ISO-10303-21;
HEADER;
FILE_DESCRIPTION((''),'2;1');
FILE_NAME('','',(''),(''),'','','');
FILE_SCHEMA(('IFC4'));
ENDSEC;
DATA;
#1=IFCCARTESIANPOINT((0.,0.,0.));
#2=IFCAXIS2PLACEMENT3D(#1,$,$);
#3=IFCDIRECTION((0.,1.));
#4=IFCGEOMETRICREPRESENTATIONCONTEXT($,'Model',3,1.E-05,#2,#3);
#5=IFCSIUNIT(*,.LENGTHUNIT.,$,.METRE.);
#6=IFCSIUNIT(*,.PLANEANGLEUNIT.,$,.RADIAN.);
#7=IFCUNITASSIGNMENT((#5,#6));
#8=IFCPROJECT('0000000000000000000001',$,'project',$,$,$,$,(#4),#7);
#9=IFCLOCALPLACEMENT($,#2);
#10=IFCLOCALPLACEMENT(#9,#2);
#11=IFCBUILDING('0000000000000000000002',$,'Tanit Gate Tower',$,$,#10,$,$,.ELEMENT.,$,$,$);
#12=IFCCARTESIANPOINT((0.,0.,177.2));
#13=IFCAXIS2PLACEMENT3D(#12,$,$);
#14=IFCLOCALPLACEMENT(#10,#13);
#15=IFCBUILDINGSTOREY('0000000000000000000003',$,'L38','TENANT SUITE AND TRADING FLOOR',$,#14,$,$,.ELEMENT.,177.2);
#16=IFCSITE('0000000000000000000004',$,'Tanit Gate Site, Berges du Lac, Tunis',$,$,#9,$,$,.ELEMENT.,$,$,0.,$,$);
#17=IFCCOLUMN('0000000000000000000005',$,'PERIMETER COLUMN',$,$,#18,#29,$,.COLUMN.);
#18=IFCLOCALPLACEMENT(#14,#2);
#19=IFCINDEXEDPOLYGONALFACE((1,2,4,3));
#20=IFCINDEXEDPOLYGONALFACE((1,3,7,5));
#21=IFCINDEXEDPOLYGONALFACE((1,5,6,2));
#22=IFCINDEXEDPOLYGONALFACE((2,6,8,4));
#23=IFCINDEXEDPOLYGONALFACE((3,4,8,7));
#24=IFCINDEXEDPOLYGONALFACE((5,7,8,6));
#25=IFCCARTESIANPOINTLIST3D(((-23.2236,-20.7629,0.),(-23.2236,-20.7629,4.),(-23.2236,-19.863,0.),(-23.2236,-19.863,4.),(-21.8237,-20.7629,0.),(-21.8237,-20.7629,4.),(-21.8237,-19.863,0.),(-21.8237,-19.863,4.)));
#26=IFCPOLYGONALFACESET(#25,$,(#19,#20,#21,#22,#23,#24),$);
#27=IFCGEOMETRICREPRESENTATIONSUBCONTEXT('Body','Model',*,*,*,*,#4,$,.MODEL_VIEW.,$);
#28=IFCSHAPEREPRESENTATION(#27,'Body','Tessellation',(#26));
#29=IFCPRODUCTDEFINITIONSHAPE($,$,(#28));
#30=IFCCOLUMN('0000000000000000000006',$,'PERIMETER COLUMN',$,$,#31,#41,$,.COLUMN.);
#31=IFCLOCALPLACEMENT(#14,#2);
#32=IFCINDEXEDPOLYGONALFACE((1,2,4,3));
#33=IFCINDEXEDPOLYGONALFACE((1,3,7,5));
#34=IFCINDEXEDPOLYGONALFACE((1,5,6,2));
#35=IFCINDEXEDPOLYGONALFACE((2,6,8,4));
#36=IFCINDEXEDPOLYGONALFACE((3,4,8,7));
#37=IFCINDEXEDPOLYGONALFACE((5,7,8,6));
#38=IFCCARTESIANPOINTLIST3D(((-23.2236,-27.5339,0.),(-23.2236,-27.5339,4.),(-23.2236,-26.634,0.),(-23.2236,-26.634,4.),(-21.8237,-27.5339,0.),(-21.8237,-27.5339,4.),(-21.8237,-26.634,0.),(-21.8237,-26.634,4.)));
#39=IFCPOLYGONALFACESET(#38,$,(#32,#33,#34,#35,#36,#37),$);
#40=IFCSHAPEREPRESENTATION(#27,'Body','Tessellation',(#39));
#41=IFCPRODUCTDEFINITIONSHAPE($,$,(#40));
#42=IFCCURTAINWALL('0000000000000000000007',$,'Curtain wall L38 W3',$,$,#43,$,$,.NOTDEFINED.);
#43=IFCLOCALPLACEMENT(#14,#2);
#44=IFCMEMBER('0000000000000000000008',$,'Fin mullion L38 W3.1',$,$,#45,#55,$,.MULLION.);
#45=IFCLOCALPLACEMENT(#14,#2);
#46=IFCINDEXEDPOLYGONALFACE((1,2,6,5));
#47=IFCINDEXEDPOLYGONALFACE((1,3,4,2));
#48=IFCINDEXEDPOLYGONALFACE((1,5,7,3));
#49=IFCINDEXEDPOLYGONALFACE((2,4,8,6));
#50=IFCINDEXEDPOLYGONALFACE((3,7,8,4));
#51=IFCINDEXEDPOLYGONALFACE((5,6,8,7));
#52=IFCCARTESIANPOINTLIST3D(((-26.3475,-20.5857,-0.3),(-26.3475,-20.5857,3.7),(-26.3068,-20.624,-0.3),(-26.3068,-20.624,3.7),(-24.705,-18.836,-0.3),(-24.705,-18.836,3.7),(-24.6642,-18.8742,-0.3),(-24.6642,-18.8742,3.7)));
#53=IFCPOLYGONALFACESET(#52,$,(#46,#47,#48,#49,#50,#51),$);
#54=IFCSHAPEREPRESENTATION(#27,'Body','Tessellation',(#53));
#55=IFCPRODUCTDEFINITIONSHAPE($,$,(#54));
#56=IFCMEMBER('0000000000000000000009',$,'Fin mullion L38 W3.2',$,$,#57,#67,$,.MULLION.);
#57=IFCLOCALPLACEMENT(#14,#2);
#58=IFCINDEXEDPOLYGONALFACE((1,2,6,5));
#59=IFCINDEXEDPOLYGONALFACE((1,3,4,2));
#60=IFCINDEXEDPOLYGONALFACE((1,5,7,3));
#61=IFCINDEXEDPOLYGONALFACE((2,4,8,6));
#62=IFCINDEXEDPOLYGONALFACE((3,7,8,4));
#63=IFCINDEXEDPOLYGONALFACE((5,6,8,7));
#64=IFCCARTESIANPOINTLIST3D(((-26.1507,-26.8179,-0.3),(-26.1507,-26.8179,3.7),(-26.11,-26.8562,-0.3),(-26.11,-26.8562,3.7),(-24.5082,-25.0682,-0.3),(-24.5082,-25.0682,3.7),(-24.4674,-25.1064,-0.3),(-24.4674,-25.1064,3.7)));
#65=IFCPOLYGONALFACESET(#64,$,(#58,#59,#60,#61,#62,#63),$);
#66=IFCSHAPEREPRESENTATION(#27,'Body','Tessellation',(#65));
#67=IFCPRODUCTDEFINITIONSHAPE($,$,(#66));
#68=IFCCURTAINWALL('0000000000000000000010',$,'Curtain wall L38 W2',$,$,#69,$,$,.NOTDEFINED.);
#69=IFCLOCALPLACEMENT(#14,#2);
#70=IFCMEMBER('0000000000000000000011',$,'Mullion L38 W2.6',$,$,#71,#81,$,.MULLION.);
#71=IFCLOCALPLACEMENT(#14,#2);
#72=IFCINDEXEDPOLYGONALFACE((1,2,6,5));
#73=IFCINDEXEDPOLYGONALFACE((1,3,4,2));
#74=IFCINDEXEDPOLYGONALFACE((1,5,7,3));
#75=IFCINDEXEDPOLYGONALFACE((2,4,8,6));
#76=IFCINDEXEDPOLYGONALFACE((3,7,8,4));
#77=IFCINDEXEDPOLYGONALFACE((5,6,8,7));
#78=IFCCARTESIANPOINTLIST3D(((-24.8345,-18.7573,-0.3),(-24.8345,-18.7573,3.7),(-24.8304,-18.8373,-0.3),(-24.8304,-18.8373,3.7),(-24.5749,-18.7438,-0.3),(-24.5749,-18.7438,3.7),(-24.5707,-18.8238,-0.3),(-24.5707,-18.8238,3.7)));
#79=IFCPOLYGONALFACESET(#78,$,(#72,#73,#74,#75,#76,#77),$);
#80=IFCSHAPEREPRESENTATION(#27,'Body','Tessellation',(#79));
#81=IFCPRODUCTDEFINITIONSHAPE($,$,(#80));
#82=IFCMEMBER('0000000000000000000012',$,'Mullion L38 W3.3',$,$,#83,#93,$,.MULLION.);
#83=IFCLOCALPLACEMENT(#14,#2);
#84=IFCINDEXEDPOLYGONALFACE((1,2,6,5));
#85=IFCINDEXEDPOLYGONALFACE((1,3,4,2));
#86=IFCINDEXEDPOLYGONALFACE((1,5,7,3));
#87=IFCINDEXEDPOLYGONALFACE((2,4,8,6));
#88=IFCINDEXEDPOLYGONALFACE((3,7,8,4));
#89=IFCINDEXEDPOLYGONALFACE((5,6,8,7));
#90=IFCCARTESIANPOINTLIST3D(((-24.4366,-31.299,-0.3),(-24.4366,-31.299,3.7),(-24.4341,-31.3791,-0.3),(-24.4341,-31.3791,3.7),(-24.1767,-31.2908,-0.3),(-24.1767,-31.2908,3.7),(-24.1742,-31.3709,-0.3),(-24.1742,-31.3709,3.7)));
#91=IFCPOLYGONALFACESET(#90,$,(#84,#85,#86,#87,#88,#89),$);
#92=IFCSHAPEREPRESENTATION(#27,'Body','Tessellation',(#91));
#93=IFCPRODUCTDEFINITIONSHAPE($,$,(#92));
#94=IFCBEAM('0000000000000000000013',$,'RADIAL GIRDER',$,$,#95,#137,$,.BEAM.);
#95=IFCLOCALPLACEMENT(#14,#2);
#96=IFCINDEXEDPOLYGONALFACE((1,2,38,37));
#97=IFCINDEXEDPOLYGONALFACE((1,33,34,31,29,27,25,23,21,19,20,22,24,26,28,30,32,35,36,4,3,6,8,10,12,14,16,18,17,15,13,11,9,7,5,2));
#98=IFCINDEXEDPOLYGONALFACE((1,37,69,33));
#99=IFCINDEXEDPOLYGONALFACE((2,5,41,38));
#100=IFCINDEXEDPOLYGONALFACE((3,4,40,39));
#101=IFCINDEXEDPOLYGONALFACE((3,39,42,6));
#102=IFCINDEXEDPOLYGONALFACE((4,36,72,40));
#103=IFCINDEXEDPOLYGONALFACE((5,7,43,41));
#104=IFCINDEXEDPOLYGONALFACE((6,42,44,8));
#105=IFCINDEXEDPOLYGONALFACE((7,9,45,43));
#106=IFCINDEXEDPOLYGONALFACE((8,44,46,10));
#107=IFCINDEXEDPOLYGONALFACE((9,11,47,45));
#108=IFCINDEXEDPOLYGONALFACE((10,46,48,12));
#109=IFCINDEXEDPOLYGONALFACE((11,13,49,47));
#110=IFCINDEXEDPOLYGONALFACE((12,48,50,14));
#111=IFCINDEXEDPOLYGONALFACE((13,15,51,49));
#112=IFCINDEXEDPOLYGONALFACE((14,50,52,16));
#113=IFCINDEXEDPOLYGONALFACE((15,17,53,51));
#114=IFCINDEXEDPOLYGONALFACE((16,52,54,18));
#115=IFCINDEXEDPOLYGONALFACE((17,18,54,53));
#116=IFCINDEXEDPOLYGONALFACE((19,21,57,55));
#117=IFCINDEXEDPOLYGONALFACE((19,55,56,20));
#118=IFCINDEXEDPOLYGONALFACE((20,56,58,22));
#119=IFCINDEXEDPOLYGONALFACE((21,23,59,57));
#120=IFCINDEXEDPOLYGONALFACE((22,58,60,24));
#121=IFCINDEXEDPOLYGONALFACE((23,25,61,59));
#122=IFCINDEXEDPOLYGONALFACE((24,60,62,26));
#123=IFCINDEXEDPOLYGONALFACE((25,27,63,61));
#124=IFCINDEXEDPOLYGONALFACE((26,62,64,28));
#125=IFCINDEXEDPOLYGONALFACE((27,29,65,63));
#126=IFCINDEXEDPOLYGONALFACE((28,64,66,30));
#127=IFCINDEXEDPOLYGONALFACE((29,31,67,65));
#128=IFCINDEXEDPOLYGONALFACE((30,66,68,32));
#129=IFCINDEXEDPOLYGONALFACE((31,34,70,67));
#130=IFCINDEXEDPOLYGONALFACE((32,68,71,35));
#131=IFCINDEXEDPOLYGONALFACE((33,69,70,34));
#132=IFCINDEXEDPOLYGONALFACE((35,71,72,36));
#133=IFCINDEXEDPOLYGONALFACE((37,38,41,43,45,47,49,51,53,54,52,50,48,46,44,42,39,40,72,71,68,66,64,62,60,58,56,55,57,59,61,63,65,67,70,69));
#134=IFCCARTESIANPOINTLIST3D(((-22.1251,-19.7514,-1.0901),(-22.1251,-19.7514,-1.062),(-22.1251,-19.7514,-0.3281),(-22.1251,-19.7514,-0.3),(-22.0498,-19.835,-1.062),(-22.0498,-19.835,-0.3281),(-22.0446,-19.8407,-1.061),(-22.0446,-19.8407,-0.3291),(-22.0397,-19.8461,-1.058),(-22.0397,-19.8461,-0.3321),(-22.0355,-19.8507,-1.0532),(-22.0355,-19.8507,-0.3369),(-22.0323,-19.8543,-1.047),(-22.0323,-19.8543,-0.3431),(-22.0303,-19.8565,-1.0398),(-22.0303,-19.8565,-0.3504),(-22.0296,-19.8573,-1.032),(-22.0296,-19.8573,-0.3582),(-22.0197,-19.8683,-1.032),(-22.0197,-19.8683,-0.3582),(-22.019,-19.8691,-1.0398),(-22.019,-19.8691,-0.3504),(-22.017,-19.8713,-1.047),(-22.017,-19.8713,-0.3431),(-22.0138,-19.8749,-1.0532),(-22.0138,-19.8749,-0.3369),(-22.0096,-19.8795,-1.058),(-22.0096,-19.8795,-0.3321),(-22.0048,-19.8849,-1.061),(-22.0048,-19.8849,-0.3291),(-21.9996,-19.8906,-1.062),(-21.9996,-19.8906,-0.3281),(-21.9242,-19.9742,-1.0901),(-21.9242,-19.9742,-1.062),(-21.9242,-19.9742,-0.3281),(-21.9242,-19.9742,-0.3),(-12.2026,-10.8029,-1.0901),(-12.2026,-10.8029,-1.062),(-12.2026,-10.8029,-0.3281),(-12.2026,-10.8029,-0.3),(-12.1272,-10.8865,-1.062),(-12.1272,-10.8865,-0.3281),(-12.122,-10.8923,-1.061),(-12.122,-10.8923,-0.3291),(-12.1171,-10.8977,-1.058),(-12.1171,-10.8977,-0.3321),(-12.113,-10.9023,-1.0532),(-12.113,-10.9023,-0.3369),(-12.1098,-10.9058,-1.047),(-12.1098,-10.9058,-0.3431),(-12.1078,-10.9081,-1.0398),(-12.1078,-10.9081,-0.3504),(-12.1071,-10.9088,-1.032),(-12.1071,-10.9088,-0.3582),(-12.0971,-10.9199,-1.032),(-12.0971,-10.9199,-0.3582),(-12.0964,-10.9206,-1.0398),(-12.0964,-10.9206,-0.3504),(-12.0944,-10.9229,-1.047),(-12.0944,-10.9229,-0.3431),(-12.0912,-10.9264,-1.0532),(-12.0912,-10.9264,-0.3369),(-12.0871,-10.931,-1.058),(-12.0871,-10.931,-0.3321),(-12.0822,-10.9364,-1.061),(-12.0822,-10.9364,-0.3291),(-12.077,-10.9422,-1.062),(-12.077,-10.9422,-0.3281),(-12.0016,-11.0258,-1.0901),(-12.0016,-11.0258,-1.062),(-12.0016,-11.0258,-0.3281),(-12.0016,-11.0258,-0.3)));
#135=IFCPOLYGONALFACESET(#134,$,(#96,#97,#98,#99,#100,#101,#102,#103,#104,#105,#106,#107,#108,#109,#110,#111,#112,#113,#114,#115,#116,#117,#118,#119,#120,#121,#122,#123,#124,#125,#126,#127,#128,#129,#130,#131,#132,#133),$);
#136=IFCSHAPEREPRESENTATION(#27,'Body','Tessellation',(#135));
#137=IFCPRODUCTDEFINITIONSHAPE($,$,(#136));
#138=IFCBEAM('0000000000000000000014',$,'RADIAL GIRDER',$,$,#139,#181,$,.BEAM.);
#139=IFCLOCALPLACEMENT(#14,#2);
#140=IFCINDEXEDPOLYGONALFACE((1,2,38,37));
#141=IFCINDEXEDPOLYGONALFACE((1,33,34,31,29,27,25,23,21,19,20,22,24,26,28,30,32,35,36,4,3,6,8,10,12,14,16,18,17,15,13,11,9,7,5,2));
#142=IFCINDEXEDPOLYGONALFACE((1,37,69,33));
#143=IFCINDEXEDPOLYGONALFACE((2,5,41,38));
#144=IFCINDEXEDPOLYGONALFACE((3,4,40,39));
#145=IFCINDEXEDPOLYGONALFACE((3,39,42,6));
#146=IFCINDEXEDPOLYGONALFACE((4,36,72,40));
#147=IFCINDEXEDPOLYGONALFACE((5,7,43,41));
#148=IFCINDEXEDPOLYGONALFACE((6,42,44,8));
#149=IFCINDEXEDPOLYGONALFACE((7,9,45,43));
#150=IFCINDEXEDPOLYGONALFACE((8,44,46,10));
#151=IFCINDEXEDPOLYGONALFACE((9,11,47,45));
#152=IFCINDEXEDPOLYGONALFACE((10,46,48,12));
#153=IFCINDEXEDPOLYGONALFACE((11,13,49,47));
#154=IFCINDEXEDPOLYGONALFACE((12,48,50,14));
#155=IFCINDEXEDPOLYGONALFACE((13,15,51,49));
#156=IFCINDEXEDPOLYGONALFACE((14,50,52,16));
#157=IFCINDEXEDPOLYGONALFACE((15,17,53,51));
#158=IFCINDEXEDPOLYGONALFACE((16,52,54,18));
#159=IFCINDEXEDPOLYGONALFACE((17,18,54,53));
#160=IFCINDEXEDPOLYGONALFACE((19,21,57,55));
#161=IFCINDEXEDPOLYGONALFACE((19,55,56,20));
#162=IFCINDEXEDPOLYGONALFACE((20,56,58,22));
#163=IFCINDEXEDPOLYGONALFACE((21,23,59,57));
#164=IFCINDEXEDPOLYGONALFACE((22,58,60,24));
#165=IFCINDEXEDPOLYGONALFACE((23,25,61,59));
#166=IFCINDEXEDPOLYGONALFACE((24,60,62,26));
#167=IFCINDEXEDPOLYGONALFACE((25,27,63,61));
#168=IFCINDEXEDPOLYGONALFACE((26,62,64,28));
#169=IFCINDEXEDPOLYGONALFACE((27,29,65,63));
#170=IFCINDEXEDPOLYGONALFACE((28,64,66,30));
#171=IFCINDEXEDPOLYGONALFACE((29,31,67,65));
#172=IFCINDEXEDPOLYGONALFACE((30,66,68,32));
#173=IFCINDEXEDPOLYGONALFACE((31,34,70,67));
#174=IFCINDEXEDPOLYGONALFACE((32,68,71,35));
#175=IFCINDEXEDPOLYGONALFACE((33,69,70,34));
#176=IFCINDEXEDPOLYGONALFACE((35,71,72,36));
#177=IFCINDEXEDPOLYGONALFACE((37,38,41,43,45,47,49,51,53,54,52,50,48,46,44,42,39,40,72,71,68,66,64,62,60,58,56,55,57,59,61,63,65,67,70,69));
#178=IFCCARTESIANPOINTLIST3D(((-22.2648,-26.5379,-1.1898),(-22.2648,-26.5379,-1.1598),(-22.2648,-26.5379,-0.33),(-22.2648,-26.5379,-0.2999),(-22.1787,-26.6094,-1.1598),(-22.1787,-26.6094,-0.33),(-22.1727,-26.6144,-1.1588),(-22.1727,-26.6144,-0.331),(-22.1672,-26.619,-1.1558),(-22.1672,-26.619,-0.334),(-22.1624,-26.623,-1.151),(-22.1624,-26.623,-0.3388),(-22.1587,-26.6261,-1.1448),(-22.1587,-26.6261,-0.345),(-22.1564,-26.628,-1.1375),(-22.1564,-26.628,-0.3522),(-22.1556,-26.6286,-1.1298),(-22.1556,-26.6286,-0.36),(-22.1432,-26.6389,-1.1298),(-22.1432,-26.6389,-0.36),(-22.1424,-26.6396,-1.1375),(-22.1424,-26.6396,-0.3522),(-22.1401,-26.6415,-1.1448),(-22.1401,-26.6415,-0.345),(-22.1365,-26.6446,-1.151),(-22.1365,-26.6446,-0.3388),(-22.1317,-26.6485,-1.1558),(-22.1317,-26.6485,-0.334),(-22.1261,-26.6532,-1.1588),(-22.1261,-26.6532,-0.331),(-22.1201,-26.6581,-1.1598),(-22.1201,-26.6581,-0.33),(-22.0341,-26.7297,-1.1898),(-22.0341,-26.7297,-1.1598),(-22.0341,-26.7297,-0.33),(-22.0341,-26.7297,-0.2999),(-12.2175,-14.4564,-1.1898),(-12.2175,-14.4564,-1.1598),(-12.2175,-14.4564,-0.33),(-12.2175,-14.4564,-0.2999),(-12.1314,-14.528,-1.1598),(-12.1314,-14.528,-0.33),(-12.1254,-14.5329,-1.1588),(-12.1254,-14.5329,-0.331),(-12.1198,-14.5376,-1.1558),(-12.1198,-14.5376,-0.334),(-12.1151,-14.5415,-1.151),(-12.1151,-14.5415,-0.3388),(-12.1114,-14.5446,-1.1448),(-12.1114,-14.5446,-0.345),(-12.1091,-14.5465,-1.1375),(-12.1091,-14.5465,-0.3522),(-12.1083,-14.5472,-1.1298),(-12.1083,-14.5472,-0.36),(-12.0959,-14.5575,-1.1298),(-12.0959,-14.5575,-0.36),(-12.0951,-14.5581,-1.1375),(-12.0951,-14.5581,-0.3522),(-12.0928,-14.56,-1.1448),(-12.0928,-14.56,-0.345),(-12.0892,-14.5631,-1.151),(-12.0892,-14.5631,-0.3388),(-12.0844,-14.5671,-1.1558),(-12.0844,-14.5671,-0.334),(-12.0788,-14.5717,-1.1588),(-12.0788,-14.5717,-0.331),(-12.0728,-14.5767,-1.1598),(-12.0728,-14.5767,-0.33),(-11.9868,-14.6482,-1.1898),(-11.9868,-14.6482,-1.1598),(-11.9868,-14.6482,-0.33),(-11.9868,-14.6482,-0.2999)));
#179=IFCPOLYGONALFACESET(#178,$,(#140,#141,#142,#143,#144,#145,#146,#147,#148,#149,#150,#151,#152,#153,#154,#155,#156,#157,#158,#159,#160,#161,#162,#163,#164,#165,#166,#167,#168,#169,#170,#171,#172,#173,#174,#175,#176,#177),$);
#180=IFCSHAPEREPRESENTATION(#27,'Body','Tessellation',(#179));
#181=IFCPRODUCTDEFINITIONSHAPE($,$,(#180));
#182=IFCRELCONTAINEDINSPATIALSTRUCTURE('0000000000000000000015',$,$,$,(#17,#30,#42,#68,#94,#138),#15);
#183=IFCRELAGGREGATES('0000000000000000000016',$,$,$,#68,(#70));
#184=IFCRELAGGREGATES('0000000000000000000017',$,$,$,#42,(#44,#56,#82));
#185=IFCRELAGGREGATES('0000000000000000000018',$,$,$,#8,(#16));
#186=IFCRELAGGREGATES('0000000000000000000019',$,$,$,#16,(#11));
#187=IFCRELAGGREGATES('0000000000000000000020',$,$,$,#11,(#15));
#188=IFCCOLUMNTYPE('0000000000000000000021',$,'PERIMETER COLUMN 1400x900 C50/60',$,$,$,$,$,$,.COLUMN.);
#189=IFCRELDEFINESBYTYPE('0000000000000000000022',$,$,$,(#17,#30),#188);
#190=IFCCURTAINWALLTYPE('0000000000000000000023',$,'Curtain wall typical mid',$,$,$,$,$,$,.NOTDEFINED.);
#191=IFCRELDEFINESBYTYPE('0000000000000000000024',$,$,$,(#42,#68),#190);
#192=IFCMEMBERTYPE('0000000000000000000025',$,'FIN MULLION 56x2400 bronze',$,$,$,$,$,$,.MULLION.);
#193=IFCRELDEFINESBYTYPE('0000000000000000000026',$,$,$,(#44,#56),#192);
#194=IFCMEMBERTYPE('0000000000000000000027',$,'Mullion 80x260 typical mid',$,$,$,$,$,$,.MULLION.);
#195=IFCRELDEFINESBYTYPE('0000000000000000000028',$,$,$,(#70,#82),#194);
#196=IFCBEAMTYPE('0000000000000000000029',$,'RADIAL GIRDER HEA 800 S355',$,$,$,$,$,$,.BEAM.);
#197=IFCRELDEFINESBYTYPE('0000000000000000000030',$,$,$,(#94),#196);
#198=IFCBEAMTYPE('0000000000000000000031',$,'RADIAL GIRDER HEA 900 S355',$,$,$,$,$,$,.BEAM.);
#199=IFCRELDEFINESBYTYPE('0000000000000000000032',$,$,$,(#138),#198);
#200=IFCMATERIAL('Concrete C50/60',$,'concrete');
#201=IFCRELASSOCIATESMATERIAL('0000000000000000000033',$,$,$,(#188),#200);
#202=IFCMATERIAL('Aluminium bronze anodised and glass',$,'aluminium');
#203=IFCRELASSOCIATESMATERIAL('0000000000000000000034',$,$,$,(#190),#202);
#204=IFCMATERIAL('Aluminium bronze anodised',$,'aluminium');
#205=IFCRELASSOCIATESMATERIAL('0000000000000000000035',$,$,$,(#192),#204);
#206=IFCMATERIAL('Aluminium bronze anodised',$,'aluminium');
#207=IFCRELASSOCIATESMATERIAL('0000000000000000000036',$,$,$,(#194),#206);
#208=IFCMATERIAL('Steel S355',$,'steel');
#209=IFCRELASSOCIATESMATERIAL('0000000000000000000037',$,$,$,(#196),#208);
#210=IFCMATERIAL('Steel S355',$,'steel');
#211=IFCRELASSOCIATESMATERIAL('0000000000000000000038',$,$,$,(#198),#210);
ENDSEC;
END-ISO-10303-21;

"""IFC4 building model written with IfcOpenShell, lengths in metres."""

from ifc_helpers import new_model, si_unit, direction, frame, origin, origin_2d, place, context, subcontext, project, spatial, rectangle, i_section, extrude, material, material_profile, profile_set, type_object, element, aggregate, save


model = new_model("IFC4")

# Units and contexts
model_context = context("Model", 3, precision=1e-05, world=origin(), true_north=direction((0.0, 1.0)))
body_context = subcontext(model_context, "Body", "Model", "MODEL_VIEW")
ifc_project = project(units=[si_unit("LENGTHUNIT", "METRE"), si_unit("PLANEANGLEUNIT", "RADIAN")], contexts=[model_context])

# Site, building, storey
site_placement = place(None, origin())
site = spatial("IfcSite", under=ifc_project, at=site_placement, Name="Tanit Gate Site, Berges du Lac, Tunis", CompositionType="ELEMENT", RefElevation=0.0)
building_placement = place(site_placement, origin())
building = spatial("IfcBuilding", under=site, at=building_placement, Name="Tanit Gate Tower", CompositionType="ELEMENT")
storey_placement = place(building_placement, frame((0.0, 0.0, 177.2)))
storey = spatial("IfcBuildingStorey", under=building, at=storey_placement, Name="L38", Description="TENANT SUITE AND TRADING FLOOR", CompositionType="ELEMENT", Elevation=177.2)

# Columns
ifc_material_1 = material(Name="Concrete C50/60", Category="concrete")
ifc_material_profile_1 = material_profile(ifc_material_1, rectangle(XDim=1.3999, YDim=0.8999, at=origin_2d()), Name="RC 1400x900")
ifc_profile_set_1 = profile_set([ifc_material_profile_1], Name="Concrete C50/60")
column_type = type_object("IfcColumnType", Name="PERIMETER COLUMN 1400x900 C50/60", PredefinedType="COLUMN", material=ifc_profile_set_1)
for number, where, z_axis, x_axis, name in (
    (1, (-22.5237, -20.313, 0.0), (0.0, 0.0, 1.0), (-1.0, 0.0, 0.0), "PERIMETER COLUMN"),
    (2, (-22.5237, -27.084, 0.0), (0.0, 0.0, 1.0), (-1.0, 0.0, 0.0), "PERIMETER COLUMN"),
):
    element("IfcColumn", number, at=place(storey_placement, frame(where, z_axis=z_axis, x_axis=x_axis)), inside=storey, type_object=column_type, Name=name, PredefinedType="COLUMN", context=body_context, shape_type="SweptSolid", body=[
        extrude(rectangle(XDim=1.3999, YDim=0.8999, at=origin_2d()), origin(), (0.0, 0.0, 1.0), 4.0),
    ])

# Curtain wall, members
ifc_material_2 = material(Name="Aluminium bronze anodised and glass", Category="aluminium")
curtain_wall_type = type_object("IfcCurtainWallType", Name="Curtain wall typical mid", PredefinedType="NOTDEFINED", material=ifc_material_2)
curtain_wall_1_placement = place(storey_placement, origin())
curtain_wall_1 = element("IfcCurtainWall", 3, at=curtain_wall_1_placement, inside=storey, type_object=curtain_wall_type, Name="Curtain wall L38 W3", PredefinedType="NOTDEFINED")
ifc_material_3 = material(Name="Aluminium bronze anodised", Category="aluminium")
ifc_material_profile_2 = material_profile(ifc_material_3, rectangle(XDim=2.3999, YDim=0.0559, at=origin_2d()), Name="56x2400 bronze fin mullion")
ifc_profile_set_2 = profile_set([ifc_material_profile_2], Name="Aluminium bronze anodised")
member_type_1 = type_object("IfcMemberType", Name="FIN MULLION 56x2400 bronze", PredefinedType="MULLION", material=ifc_profile_set_2)
member_1_placement = place(storey_placement, frame((-25.5059, -19.73, -0.3), z_axis=(0.0, 0.0, 1.0), x_axis=(0.684422, 0.729086, 0.0)))
member_1 = element("IfcMember", 4, at=member_1_placement, type_object=member_type_1, Name="Fin mullion L38 W3.1", PredefinedType="MULLION", context=body_context, shape_type="SweptSolid", body=[
    extrude(rectangle(XDim=2.3999, YDim=0.0559, at=origin_2d()), origin(), (0.0, 0.0, 1.0), 4.0),
])
member_2_placement = place(storey_placement, frame((-25.3091, -25.9622, -0.3), z_axis=(0.0, 0.0, 1.0), x_axis=(0.684422, 0.729086, 0.0)))
member_2 = element("IfcMember", 5, at=member_2_placement, type_object=member_type_1, Name="Fin mullion L38 W3.2", PredefinedType="MULLION", context=body_context, shape_type="SweptSolid", body=[
    extrude(rectangle(XDim=2.3999, YDim=0.0559, at=origin_2d()), origin(), (0.0, 0.0, 1.0), 4.0),
])

# Curtain wall, member
curtain_wall_2_placement = place(storey_placement, origin())
curtain_wall_2 = element("IfcCurtainWall", 6, at=curtain_wall_2_placement, inside=storey, type_object=curtain_wall_type, Name="Curtain wall L38 W2", PredefinedType="NOTDEFINED")
ifc_material_4 = material(Name="Aluminium bronze anodised", Category="aluminium")
ifc_material_profile_3 = material_profile(ifc_material_4, rectangle(XDim=0.26, YDim=0.0801, at=origin_2d()), Name="80x260 bronze mullion")
ifc_profile_set_3 = profile_set([ifc_material_profile_3], Name="Aluminium bronze anodised")
member_type_2 = type_object("IfcMemberType", Name="Mullion 80x260 typical mid", PredefinedType="MULLION", material=ifc_profile_set_3)
member_3_placement = place(storey_placement, frame((-24.7026, -18.7905, -0.3), z_axis=(0.0, 0.0, 1.0), x_axis=(0.998654, 0.051865, 0.0)))
member_3 = element("IfcMember", 7, at=member_3_placement, type_object=member_type_2, Name="Mullion L38 W2.6", PredefinedType="MULLION", context=body_context, shape_type="SweptSolid", body=[
    extrude(rectangle(XDim=0.26, YDim=0.0801, at=origin_2d()), origin(), (0.0, 0.0, 1.0), 4.0),
])
aggregate(curtain_wall_2, [member_3])

# Member
member_4_placement = place(storey_placement, frame((-24.3054, -31.335, -0.3), z_axis=(0.0, 0.0, 1.0), x_axis=(0.999501, 0.031583, 0.0)))
member_4 = element("IfcMember", 8, at=member_4_placement, type_object=member_type_2, Name="Mullion L38 W3.3", PredefinedType="MULLION", context=body_context, shape_type="SweptSolid", body=[
    extrude(rectangle(XDim=0.26, YDim=0.0801, at=origin_2d()), origin(), (0.0, 0.0, 1.0), 4.0),
])

# Beams
ifc_material_5 = material(Name="Steel S355", Category="steel")
ifc_material_profile_4 = material_profile(ifc_material_5, i_section(OverallWidth=0.3, OverallDepth=0.79, WebThickness=0.0149, FlangeThickness=0.0281, FilletRadius=0.03, at=origin_2d()), Name="HEA 800")
ifc_profile_set_4 = profile_set([ifc_material_profile_4], Name="Steel S355")
beam_type_1 = type_object("IfcBeamType", Name="RADIAL GIRDER HEA 800 S355", PredefinedType="BEAM", material=ifc_profile_set_4)
beam_1_placement = place(storey_placement, frame((-22.0247, -19.8628, -0.6951), z_axis=(0.742619, 0.669714, 0.0), x_axis=(-0.669714, 0.742619, 0.0)))
element("IfcBeam", 9, at=beam_1_placement, inside=storey, type_object=beam_type_1, Name="RADIAL GIRDER", PredefinedType="BEAM", context=body_context, shape_type="SweptSolid", body=[
    extrude(i_section(OverallWidth=0.3, OverallDepth=0.79, WebThickness=0.0149, FlangeThickness=0.0281, FilletRadius=0.03, at=origin_2d()), origin(), (0.0, 0.0, 1.0), 13.3616),
])
ifc_material_6 = material(Name="Steel S355", Category="steel")
ifc_material_profile_5 = material_profile(ifc_material_6, i_section(OverallWidth=0.3, OverallDepth=0.8899, WebThickness=0.0161, FlangeThickness=0.03, FilletRadius=0.03, at=origin_2d()), Name="HEA 900")
ifc_profile_set_5 = profile_set([ifc_material_profile_5], Name="Steel S355")
beam_type_2 = type_object("IfcBeamType", Name="RADIAL GIRDER HEA 900 S355", PredefinedType="BEAM", material=ifc_profile_set_5)
beam_2_placement = place(storey_placement, frame((-22.1494, -26.6338, -0.7449), z_axis=(0.639411, 0.768865, 0.0), x_axis=(-0.768865, 0.639411, 0.0)))
element("IfcBeam", 10, at=beam_2_placement, inside=storey, type_object=beam_type_2, Name="RADIAL GIRDER", PredefinedType="BEAM", context=body_context, shape_type="SweptSolid", body=[
    extrude(i_section(OverallWidth=0.3, OverallDepth=0.8899, WebThickness=0.0161, FlangeThickness=0.03, FilletRadius=0.03, at=origin_2d()), origin(), (0.0, 0.0, 1.0), 15.7134),
])

aggregate(curtain_wall_1, [member_1, member_2, member_4])

save(model, "model.ifc")
